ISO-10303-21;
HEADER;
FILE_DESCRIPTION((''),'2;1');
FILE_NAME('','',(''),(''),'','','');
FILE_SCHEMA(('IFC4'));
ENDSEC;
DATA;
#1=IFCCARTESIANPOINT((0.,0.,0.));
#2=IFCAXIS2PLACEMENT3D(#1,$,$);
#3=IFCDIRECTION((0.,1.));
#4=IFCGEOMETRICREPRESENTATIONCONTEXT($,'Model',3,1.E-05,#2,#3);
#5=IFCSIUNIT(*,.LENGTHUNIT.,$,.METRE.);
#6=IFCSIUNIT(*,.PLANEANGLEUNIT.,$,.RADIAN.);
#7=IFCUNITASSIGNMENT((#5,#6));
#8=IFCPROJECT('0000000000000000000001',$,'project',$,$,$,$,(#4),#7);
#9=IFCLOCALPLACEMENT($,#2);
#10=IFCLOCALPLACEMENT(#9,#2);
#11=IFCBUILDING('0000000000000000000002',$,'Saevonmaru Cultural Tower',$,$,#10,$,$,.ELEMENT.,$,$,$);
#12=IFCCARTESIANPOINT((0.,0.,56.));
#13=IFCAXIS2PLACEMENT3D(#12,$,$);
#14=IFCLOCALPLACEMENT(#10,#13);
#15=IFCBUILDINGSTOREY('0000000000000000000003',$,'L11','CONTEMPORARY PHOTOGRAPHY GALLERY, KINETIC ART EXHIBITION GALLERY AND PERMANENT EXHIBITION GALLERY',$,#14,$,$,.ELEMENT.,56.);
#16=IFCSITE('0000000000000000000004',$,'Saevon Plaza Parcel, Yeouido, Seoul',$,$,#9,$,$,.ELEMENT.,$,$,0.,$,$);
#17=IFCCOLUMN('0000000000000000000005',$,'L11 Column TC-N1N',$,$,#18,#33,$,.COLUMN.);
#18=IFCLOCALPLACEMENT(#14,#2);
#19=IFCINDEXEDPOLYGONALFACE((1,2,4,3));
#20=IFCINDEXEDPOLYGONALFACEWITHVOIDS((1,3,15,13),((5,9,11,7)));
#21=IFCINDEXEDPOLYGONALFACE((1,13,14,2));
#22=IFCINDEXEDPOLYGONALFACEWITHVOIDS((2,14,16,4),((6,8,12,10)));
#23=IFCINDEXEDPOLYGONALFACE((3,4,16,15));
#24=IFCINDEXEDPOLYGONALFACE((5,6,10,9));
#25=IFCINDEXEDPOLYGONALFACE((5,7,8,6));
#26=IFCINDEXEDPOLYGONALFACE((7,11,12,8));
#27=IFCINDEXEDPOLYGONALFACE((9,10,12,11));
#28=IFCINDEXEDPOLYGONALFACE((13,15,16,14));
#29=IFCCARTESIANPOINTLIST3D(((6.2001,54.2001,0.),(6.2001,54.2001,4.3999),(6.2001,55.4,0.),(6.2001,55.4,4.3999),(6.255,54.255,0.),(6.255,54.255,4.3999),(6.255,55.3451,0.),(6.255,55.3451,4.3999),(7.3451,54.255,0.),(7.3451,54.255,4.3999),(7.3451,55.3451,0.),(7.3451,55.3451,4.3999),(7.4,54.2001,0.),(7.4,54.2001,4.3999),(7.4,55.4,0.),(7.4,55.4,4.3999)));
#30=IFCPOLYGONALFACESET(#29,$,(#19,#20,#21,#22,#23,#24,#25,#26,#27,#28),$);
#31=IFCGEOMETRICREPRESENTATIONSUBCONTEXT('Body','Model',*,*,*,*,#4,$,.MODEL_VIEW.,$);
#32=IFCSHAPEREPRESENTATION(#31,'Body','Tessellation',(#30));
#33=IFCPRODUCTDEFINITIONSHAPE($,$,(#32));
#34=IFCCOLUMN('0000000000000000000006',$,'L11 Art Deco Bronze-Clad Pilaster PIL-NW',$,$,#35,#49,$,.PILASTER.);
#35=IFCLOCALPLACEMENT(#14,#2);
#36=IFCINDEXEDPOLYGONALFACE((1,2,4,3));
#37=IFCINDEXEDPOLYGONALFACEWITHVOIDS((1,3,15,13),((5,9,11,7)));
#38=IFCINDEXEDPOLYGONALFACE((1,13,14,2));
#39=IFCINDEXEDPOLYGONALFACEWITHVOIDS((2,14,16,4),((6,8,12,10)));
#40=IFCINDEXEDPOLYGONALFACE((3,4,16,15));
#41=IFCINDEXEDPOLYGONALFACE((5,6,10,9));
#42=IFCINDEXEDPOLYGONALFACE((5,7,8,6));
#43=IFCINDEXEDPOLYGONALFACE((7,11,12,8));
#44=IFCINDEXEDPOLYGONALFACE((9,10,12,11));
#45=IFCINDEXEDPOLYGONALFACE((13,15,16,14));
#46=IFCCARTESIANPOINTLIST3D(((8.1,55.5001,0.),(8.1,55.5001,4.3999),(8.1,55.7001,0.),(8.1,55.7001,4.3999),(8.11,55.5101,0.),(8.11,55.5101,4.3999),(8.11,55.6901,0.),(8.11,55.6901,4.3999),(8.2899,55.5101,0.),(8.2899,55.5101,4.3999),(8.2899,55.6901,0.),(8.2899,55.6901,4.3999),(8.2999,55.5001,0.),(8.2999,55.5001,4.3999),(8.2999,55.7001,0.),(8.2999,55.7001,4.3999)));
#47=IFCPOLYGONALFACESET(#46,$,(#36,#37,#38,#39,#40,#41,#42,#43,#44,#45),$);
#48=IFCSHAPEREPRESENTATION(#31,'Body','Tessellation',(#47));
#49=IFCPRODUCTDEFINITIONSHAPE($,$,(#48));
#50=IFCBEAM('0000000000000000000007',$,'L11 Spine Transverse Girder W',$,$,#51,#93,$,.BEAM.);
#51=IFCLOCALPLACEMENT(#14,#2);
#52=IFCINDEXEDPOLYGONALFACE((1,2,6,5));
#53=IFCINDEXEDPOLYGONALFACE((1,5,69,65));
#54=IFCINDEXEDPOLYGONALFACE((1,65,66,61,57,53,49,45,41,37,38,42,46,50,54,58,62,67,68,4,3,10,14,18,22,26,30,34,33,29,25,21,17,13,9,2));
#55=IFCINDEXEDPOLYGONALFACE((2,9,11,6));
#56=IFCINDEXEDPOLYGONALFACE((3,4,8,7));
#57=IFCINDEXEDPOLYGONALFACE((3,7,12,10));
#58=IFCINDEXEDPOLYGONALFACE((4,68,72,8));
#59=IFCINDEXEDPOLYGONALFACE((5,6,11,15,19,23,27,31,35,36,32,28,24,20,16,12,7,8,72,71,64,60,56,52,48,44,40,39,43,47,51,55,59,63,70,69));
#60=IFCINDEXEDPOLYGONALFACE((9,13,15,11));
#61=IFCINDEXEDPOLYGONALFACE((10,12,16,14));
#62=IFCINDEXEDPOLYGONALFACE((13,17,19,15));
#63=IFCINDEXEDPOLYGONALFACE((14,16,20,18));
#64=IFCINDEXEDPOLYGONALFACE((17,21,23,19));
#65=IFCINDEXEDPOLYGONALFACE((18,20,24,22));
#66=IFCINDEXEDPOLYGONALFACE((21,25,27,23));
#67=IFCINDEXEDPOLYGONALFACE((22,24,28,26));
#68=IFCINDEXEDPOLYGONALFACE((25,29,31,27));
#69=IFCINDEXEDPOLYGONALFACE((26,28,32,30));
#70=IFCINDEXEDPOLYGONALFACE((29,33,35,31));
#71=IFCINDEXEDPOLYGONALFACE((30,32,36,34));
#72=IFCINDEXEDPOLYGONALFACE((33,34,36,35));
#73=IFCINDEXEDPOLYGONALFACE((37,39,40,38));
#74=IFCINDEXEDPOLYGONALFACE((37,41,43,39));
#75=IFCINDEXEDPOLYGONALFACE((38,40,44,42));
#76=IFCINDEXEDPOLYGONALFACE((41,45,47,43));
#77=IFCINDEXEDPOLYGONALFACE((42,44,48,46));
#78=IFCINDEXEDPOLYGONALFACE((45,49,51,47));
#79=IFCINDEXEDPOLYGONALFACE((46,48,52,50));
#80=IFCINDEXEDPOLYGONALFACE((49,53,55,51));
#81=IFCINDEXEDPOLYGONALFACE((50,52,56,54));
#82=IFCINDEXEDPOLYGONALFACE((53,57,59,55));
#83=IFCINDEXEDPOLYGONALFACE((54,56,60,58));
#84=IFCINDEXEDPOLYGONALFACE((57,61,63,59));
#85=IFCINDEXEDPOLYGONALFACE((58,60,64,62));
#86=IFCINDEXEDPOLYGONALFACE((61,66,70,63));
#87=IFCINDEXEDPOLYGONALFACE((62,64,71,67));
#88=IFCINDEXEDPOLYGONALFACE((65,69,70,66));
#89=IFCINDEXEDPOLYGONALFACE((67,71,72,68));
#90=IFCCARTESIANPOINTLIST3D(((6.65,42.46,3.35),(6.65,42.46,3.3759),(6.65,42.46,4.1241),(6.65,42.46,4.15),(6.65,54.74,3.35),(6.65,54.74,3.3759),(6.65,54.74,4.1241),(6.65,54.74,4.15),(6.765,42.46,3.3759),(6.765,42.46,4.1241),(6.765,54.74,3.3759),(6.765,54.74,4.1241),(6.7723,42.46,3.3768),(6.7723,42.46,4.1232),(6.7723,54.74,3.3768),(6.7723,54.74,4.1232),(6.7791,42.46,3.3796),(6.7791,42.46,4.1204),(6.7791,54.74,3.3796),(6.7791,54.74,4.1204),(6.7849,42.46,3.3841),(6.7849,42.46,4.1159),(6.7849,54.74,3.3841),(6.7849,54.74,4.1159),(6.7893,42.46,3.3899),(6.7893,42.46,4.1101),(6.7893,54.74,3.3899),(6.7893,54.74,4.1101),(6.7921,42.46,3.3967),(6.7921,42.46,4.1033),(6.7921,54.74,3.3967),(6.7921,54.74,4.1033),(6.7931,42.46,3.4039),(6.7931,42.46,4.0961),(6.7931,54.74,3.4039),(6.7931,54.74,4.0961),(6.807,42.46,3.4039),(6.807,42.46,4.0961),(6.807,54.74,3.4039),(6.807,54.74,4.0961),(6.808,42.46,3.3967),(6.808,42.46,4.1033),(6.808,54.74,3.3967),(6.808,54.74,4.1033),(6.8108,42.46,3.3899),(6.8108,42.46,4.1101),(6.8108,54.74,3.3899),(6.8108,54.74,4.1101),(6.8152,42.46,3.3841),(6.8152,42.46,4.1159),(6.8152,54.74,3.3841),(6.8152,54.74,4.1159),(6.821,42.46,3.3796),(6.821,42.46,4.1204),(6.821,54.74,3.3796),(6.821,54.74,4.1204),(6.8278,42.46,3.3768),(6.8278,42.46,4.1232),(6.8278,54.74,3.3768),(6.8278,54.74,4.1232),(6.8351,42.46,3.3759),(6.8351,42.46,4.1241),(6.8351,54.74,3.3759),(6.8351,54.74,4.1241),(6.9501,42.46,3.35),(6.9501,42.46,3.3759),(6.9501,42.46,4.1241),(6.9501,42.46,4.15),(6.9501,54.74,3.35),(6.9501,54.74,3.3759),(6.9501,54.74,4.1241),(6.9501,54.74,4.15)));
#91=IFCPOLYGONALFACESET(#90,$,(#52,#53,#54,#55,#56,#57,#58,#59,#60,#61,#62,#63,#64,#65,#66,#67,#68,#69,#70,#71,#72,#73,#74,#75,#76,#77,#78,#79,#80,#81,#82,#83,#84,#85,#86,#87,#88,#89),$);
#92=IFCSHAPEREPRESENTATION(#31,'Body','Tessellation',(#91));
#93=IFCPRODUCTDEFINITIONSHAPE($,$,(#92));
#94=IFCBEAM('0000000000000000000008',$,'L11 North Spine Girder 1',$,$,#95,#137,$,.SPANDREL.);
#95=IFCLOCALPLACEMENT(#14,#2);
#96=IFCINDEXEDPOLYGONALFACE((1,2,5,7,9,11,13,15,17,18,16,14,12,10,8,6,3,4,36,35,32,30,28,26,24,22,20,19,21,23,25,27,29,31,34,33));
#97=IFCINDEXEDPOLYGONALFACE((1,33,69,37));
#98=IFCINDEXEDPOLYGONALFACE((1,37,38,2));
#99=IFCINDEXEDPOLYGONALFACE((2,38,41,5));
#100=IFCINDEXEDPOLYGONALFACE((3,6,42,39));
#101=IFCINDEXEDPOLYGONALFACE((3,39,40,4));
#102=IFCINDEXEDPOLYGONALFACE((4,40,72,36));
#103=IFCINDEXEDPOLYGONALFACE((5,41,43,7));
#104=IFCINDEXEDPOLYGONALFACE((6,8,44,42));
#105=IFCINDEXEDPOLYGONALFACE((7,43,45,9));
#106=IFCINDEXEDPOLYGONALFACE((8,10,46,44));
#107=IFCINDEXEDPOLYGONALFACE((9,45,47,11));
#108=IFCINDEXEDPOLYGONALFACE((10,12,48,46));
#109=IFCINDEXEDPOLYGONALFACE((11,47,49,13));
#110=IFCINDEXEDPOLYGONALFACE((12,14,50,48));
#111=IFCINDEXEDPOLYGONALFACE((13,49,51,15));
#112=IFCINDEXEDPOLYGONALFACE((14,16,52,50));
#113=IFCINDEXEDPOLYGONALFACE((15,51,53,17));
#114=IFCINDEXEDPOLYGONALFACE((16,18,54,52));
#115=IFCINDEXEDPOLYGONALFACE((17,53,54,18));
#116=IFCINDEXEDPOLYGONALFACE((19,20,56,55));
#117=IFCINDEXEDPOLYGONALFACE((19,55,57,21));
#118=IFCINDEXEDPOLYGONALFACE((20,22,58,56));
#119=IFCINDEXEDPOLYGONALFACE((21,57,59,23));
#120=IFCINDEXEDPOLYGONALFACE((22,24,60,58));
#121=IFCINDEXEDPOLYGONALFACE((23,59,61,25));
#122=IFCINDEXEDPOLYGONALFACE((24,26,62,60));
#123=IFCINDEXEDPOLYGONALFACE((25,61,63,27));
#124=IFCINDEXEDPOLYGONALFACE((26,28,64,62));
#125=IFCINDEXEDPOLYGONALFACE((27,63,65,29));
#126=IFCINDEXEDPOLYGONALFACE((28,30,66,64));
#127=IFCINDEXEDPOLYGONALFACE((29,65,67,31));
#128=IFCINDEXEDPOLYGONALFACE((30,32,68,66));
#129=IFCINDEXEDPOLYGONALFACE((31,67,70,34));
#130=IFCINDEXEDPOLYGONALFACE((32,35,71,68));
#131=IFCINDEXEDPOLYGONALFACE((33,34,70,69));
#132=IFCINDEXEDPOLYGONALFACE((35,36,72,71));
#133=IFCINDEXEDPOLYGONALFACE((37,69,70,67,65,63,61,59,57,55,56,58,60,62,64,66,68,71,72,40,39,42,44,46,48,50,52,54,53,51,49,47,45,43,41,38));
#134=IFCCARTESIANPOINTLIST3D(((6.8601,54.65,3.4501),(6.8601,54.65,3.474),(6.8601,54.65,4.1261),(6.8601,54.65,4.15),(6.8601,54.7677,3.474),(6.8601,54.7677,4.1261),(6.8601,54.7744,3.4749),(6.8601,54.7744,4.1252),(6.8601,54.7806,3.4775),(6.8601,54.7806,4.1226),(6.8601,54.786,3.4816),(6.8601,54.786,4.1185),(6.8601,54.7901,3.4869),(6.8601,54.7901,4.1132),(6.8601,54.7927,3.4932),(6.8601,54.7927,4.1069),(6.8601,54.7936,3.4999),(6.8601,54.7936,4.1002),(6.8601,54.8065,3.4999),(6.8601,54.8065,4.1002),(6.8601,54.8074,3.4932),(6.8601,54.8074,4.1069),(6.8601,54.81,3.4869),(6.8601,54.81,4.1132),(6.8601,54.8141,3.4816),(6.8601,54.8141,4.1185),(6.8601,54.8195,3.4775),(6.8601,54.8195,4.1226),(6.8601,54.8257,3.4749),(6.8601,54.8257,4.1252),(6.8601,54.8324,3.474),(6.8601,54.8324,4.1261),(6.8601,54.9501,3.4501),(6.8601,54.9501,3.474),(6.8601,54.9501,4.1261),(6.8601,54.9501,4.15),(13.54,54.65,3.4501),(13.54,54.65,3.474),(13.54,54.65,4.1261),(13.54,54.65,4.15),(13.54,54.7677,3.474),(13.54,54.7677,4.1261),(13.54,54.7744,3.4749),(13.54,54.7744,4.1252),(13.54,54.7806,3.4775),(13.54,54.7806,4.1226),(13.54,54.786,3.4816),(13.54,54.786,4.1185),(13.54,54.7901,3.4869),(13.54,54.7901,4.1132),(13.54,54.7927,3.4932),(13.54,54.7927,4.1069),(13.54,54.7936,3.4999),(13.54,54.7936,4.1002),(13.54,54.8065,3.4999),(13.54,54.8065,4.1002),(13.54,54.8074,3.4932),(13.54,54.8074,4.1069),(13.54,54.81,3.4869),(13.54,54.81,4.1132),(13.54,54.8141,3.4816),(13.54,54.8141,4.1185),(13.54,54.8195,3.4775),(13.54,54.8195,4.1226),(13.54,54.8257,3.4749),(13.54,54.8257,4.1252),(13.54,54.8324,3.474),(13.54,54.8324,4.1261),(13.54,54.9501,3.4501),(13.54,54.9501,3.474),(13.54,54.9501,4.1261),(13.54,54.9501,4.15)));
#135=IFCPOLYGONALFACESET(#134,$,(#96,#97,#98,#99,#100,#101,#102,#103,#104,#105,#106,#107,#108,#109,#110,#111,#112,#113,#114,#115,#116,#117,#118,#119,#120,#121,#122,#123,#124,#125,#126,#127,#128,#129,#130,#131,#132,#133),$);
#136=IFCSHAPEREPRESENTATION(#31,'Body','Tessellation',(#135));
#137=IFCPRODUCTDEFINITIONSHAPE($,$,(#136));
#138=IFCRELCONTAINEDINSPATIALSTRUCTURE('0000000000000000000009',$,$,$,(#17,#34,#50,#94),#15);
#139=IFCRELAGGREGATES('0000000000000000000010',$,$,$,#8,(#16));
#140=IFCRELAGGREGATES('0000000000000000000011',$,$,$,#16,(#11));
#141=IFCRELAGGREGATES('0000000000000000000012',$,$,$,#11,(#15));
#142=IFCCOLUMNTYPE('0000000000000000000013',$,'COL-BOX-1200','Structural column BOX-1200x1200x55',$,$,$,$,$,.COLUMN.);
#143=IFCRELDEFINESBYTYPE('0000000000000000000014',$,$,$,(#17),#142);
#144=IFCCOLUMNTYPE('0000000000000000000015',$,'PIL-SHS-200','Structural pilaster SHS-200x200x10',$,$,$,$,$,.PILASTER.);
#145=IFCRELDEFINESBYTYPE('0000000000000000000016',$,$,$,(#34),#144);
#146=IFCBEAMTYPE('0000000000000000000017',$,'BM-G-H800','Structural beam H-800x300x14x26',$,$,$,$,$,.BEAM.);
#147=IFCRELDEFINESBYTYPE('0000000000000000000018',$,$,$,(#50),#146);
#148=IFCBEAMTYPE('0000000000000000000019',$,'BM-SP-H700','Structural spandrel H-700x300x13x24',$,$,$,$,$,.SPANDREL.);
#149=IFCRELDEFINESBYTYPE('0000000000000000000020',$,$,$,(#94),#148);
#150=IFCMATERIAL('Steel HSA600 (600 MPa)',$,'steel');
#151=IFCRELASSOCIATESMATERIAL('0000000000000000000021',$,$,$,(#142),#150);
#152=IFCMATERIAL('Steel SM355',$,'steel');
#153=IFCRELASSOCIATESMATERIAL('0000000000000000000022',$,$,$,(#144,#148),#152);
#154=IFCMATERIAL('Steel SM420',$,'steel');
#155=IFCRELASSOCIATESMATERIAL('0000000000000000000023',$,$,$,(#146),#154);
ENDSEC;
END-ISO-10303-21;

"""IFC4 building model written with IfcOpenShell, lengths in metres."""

from ifc_helpers import new_model, si_unit, direction, frame, origin, origin_2d, place, context, subcontext, project, spatial, hollow_rectangle, i_section, extrude, material, material_profile, profile_set, type_object, element, save


model = new_model("IFC4")

# Units and contexts
model_context = context("Model", 3, precision=1e-05, world=origin(), true_north=direction((0.0, 1.0)))
body_context = subcontext(model_context, "Body", "Model", "MODEL_VIEW")
ifc_project = project(units=[si_unit("LENGTHUNIT", "METRE"), si_unit("PLANEANGLEUNIT", "RADIAN")], contexts=[model_context])

# Site, building, storey
site_placement = place(None, origin())
site = spatial("IfcSite", under=ifc_project, at=site_placement, Name="Saevon Plaza Parcel, Yeouido, Seoul", CompositionType="ELEMENT", RefElevation=0.0)
building_placement = place(site_placement, origin())
building = spatial("IfcBuilding", under=site, at=building_placement, Name="Saevonmaru Cultural Tower", CompositionType="ELEMENT")
storey_placement = place(building_placement, frame((0.0, 0.0, 56.0)))
storey = spatial("IfcBuildingStorey", under=building, at=storey_placement, Name="L11", Description="CONTEMPORARY PHOTOGRAPHY GALLERY, KINETIC ART EXHIBITION GALLERY AND PERMANENT EXHIBITION GALLERY", CompositionType="ELEMENT", Elevation=56.0)

# Columns
ifc_material_1 = material(Name="Steel HSA600 (600 MPa)", Category="steel")
ifc_material_profile_1 = material_profile(ifc_material_1, hollow_rectangle(XDim=1.2, YDim=1.2, WallThickness=0.0549, at=origin_2d()), Name="BOX-1200x1200x55")
ifc_profile_set_1 = profile_set([ifc_material_profile_1], Name="Steel HSA600 (600 MPa)")
column_type_1 = type_object("IfcColumnType", Name="COL-BOX-1200", Description="Structural column BOX-1200x1200x55", PredefinedType="COLUMN", material=ifc_profile_set_1)
column_1_placement = place(storey_placement, frame((6.8, 54.8, 0.0), z_axis=(0.0, 0.0, 1.0), x_axis=(1.0, 0.0, 0.0)))
element("IfcColumn", 1, at=column_1_placement, inside=storey, type_object=column_type_1, Name="L11 Column TC-N1N", PredefinedType="COLUMN", context=body_context, shape_type="SweptSolid", body=[
    extrude(hollow_rectangle(XDim=1.2, YDim=1.2, WallThickness=0.0549, at=origin_2d()), origin(), (0.0, 0.0, 1.0), 4.3999),
])
ifc_material_2 = material(Name="Steel SM355", Category="steel")
ifc_material_profile_2 = material_profile(ifc_material_2, hollow_rectangle(XDim=0.2, YDim=0.2, WallThickness=0.01, at=origin_2d()), Name="SHS-200x200x10")
ifc_profile_set_2 = profile_set([ifc_material_profile_2], Name="Steel SM355")
column_type_2 = type_object("IfcColumnType", Name="PIL-SHS-200", Description="Structural pilaster SHS-200x200x10", PredefinedType="PILASTER", material=ifc_profile_set_2)
column_2_placement = place(storey_placement, frame((8.2, 55.6001, 0.0), z_axis=(0.0, 0.0, 1.0), x_axis=(1.0, 0.0, 0.0)))
element("IfcColumn", 2, at=column_2_placement, inside=storey, type_object=column_type_2, Name="L11 Art Deco Bronze-Clad Pilaster PIL-NW", PredefinedType="PILASTER", context=body_context, shape_type="SweptSolid", body=[
    extrude(hollow_rectangle(XDim=0.2, YDim=0.2, WallThickness=0.01, at=origin_2d()), origin(), (0.0, 0.0, 1.0), 4.3999),
])

# Beams
ifc_material_3 = material(Name="Steel SM420", Category="steel")
ifc_material_profile_3 = material_profile(ifc_material_3, i_section(OverallWidth=0.3, OverallDepth=0.8, WebThickness=0.0139, FlangeThickness=0.0259, FilletRadius=0.0281, at=origin_2d()), Name="H-800x300x14x26")
ifc_profile_set_3 = profile_set([ifc_material_profile_3], Name="Steel SM420")
beam_type_1 = type_object("IfcBeamType", Name="BM-G-H800", Description="Structural beam H-800x300x14x26", PredefinedType="BEAM", material=ifc_profile_set_3)
beam_1_placement = place(storey_placement, frame((6.8, 54.74, 3.75), z_axis=(0.0, -1.0, 0.0), x_axis=(1.0, 0.0, 0.0)))
element("IfcBeam", 3, at=beam_1_placement, inside=storey, type_object=beam_type_1, Name="L11 Spine Transverse Girder W", PredefinedType="BEAM", context=body_context, shape_type="SweptSolid", body=[
    extrude(i_section(OverallWidth=0.3, OverallDepth=0.8, WebThickness=0.0139, FlangeThickness=0.0259, FilletRadius=0.0281, at=origin_2d()), origin(), (0.0, 0.0, 1.0), 12.28),
])
ifc_material_profile_4 = material_profile(ifc_material_2, i_section(OverallWidth=0.3, OverallDepth=0.7, WebThickness=0.0129, FlangeThickness=0.0239, FilletRadius=0.0259, at=origin_2d()), Name="H-700x300x13x24")
ifc_profile_set_4 = profile_set([ifc_material_profile_4], Name="Steel SM355")
beam_type_2 = type_object("IfcBeamType", Name="BM-SP-H700", Description="Structural spandrel H-700x300x13x24", PredefinedType="SPANDREL", material=ifc_profile_set_4)
beam_2_placement = place(storey_placement, frame((6.8601, 54.8, 3.8), z_axis=(1.0, 0.0, 0.0), x_axis=(0.0, 1.0, 0.0)))
element("IfcBeam", 4, at=beam_2_placement, inside=storey, type_object=beam_type_2, Name="L11 North Spine Girder 1", PredefinedType="SPANDREL", context=body_context, shape_type="SweptSolid", body=[
    extrude(i_section(OverallWidth=0.3, OverallDepth=0.7, WebThickness=0.0129, FlangeThickness=0.0239, FilletRadius=0.0259, at=origin_2d()), origin(), (0.0, 0.0, 1.0), 6.6799),
])

save(model, "model.ifc")
